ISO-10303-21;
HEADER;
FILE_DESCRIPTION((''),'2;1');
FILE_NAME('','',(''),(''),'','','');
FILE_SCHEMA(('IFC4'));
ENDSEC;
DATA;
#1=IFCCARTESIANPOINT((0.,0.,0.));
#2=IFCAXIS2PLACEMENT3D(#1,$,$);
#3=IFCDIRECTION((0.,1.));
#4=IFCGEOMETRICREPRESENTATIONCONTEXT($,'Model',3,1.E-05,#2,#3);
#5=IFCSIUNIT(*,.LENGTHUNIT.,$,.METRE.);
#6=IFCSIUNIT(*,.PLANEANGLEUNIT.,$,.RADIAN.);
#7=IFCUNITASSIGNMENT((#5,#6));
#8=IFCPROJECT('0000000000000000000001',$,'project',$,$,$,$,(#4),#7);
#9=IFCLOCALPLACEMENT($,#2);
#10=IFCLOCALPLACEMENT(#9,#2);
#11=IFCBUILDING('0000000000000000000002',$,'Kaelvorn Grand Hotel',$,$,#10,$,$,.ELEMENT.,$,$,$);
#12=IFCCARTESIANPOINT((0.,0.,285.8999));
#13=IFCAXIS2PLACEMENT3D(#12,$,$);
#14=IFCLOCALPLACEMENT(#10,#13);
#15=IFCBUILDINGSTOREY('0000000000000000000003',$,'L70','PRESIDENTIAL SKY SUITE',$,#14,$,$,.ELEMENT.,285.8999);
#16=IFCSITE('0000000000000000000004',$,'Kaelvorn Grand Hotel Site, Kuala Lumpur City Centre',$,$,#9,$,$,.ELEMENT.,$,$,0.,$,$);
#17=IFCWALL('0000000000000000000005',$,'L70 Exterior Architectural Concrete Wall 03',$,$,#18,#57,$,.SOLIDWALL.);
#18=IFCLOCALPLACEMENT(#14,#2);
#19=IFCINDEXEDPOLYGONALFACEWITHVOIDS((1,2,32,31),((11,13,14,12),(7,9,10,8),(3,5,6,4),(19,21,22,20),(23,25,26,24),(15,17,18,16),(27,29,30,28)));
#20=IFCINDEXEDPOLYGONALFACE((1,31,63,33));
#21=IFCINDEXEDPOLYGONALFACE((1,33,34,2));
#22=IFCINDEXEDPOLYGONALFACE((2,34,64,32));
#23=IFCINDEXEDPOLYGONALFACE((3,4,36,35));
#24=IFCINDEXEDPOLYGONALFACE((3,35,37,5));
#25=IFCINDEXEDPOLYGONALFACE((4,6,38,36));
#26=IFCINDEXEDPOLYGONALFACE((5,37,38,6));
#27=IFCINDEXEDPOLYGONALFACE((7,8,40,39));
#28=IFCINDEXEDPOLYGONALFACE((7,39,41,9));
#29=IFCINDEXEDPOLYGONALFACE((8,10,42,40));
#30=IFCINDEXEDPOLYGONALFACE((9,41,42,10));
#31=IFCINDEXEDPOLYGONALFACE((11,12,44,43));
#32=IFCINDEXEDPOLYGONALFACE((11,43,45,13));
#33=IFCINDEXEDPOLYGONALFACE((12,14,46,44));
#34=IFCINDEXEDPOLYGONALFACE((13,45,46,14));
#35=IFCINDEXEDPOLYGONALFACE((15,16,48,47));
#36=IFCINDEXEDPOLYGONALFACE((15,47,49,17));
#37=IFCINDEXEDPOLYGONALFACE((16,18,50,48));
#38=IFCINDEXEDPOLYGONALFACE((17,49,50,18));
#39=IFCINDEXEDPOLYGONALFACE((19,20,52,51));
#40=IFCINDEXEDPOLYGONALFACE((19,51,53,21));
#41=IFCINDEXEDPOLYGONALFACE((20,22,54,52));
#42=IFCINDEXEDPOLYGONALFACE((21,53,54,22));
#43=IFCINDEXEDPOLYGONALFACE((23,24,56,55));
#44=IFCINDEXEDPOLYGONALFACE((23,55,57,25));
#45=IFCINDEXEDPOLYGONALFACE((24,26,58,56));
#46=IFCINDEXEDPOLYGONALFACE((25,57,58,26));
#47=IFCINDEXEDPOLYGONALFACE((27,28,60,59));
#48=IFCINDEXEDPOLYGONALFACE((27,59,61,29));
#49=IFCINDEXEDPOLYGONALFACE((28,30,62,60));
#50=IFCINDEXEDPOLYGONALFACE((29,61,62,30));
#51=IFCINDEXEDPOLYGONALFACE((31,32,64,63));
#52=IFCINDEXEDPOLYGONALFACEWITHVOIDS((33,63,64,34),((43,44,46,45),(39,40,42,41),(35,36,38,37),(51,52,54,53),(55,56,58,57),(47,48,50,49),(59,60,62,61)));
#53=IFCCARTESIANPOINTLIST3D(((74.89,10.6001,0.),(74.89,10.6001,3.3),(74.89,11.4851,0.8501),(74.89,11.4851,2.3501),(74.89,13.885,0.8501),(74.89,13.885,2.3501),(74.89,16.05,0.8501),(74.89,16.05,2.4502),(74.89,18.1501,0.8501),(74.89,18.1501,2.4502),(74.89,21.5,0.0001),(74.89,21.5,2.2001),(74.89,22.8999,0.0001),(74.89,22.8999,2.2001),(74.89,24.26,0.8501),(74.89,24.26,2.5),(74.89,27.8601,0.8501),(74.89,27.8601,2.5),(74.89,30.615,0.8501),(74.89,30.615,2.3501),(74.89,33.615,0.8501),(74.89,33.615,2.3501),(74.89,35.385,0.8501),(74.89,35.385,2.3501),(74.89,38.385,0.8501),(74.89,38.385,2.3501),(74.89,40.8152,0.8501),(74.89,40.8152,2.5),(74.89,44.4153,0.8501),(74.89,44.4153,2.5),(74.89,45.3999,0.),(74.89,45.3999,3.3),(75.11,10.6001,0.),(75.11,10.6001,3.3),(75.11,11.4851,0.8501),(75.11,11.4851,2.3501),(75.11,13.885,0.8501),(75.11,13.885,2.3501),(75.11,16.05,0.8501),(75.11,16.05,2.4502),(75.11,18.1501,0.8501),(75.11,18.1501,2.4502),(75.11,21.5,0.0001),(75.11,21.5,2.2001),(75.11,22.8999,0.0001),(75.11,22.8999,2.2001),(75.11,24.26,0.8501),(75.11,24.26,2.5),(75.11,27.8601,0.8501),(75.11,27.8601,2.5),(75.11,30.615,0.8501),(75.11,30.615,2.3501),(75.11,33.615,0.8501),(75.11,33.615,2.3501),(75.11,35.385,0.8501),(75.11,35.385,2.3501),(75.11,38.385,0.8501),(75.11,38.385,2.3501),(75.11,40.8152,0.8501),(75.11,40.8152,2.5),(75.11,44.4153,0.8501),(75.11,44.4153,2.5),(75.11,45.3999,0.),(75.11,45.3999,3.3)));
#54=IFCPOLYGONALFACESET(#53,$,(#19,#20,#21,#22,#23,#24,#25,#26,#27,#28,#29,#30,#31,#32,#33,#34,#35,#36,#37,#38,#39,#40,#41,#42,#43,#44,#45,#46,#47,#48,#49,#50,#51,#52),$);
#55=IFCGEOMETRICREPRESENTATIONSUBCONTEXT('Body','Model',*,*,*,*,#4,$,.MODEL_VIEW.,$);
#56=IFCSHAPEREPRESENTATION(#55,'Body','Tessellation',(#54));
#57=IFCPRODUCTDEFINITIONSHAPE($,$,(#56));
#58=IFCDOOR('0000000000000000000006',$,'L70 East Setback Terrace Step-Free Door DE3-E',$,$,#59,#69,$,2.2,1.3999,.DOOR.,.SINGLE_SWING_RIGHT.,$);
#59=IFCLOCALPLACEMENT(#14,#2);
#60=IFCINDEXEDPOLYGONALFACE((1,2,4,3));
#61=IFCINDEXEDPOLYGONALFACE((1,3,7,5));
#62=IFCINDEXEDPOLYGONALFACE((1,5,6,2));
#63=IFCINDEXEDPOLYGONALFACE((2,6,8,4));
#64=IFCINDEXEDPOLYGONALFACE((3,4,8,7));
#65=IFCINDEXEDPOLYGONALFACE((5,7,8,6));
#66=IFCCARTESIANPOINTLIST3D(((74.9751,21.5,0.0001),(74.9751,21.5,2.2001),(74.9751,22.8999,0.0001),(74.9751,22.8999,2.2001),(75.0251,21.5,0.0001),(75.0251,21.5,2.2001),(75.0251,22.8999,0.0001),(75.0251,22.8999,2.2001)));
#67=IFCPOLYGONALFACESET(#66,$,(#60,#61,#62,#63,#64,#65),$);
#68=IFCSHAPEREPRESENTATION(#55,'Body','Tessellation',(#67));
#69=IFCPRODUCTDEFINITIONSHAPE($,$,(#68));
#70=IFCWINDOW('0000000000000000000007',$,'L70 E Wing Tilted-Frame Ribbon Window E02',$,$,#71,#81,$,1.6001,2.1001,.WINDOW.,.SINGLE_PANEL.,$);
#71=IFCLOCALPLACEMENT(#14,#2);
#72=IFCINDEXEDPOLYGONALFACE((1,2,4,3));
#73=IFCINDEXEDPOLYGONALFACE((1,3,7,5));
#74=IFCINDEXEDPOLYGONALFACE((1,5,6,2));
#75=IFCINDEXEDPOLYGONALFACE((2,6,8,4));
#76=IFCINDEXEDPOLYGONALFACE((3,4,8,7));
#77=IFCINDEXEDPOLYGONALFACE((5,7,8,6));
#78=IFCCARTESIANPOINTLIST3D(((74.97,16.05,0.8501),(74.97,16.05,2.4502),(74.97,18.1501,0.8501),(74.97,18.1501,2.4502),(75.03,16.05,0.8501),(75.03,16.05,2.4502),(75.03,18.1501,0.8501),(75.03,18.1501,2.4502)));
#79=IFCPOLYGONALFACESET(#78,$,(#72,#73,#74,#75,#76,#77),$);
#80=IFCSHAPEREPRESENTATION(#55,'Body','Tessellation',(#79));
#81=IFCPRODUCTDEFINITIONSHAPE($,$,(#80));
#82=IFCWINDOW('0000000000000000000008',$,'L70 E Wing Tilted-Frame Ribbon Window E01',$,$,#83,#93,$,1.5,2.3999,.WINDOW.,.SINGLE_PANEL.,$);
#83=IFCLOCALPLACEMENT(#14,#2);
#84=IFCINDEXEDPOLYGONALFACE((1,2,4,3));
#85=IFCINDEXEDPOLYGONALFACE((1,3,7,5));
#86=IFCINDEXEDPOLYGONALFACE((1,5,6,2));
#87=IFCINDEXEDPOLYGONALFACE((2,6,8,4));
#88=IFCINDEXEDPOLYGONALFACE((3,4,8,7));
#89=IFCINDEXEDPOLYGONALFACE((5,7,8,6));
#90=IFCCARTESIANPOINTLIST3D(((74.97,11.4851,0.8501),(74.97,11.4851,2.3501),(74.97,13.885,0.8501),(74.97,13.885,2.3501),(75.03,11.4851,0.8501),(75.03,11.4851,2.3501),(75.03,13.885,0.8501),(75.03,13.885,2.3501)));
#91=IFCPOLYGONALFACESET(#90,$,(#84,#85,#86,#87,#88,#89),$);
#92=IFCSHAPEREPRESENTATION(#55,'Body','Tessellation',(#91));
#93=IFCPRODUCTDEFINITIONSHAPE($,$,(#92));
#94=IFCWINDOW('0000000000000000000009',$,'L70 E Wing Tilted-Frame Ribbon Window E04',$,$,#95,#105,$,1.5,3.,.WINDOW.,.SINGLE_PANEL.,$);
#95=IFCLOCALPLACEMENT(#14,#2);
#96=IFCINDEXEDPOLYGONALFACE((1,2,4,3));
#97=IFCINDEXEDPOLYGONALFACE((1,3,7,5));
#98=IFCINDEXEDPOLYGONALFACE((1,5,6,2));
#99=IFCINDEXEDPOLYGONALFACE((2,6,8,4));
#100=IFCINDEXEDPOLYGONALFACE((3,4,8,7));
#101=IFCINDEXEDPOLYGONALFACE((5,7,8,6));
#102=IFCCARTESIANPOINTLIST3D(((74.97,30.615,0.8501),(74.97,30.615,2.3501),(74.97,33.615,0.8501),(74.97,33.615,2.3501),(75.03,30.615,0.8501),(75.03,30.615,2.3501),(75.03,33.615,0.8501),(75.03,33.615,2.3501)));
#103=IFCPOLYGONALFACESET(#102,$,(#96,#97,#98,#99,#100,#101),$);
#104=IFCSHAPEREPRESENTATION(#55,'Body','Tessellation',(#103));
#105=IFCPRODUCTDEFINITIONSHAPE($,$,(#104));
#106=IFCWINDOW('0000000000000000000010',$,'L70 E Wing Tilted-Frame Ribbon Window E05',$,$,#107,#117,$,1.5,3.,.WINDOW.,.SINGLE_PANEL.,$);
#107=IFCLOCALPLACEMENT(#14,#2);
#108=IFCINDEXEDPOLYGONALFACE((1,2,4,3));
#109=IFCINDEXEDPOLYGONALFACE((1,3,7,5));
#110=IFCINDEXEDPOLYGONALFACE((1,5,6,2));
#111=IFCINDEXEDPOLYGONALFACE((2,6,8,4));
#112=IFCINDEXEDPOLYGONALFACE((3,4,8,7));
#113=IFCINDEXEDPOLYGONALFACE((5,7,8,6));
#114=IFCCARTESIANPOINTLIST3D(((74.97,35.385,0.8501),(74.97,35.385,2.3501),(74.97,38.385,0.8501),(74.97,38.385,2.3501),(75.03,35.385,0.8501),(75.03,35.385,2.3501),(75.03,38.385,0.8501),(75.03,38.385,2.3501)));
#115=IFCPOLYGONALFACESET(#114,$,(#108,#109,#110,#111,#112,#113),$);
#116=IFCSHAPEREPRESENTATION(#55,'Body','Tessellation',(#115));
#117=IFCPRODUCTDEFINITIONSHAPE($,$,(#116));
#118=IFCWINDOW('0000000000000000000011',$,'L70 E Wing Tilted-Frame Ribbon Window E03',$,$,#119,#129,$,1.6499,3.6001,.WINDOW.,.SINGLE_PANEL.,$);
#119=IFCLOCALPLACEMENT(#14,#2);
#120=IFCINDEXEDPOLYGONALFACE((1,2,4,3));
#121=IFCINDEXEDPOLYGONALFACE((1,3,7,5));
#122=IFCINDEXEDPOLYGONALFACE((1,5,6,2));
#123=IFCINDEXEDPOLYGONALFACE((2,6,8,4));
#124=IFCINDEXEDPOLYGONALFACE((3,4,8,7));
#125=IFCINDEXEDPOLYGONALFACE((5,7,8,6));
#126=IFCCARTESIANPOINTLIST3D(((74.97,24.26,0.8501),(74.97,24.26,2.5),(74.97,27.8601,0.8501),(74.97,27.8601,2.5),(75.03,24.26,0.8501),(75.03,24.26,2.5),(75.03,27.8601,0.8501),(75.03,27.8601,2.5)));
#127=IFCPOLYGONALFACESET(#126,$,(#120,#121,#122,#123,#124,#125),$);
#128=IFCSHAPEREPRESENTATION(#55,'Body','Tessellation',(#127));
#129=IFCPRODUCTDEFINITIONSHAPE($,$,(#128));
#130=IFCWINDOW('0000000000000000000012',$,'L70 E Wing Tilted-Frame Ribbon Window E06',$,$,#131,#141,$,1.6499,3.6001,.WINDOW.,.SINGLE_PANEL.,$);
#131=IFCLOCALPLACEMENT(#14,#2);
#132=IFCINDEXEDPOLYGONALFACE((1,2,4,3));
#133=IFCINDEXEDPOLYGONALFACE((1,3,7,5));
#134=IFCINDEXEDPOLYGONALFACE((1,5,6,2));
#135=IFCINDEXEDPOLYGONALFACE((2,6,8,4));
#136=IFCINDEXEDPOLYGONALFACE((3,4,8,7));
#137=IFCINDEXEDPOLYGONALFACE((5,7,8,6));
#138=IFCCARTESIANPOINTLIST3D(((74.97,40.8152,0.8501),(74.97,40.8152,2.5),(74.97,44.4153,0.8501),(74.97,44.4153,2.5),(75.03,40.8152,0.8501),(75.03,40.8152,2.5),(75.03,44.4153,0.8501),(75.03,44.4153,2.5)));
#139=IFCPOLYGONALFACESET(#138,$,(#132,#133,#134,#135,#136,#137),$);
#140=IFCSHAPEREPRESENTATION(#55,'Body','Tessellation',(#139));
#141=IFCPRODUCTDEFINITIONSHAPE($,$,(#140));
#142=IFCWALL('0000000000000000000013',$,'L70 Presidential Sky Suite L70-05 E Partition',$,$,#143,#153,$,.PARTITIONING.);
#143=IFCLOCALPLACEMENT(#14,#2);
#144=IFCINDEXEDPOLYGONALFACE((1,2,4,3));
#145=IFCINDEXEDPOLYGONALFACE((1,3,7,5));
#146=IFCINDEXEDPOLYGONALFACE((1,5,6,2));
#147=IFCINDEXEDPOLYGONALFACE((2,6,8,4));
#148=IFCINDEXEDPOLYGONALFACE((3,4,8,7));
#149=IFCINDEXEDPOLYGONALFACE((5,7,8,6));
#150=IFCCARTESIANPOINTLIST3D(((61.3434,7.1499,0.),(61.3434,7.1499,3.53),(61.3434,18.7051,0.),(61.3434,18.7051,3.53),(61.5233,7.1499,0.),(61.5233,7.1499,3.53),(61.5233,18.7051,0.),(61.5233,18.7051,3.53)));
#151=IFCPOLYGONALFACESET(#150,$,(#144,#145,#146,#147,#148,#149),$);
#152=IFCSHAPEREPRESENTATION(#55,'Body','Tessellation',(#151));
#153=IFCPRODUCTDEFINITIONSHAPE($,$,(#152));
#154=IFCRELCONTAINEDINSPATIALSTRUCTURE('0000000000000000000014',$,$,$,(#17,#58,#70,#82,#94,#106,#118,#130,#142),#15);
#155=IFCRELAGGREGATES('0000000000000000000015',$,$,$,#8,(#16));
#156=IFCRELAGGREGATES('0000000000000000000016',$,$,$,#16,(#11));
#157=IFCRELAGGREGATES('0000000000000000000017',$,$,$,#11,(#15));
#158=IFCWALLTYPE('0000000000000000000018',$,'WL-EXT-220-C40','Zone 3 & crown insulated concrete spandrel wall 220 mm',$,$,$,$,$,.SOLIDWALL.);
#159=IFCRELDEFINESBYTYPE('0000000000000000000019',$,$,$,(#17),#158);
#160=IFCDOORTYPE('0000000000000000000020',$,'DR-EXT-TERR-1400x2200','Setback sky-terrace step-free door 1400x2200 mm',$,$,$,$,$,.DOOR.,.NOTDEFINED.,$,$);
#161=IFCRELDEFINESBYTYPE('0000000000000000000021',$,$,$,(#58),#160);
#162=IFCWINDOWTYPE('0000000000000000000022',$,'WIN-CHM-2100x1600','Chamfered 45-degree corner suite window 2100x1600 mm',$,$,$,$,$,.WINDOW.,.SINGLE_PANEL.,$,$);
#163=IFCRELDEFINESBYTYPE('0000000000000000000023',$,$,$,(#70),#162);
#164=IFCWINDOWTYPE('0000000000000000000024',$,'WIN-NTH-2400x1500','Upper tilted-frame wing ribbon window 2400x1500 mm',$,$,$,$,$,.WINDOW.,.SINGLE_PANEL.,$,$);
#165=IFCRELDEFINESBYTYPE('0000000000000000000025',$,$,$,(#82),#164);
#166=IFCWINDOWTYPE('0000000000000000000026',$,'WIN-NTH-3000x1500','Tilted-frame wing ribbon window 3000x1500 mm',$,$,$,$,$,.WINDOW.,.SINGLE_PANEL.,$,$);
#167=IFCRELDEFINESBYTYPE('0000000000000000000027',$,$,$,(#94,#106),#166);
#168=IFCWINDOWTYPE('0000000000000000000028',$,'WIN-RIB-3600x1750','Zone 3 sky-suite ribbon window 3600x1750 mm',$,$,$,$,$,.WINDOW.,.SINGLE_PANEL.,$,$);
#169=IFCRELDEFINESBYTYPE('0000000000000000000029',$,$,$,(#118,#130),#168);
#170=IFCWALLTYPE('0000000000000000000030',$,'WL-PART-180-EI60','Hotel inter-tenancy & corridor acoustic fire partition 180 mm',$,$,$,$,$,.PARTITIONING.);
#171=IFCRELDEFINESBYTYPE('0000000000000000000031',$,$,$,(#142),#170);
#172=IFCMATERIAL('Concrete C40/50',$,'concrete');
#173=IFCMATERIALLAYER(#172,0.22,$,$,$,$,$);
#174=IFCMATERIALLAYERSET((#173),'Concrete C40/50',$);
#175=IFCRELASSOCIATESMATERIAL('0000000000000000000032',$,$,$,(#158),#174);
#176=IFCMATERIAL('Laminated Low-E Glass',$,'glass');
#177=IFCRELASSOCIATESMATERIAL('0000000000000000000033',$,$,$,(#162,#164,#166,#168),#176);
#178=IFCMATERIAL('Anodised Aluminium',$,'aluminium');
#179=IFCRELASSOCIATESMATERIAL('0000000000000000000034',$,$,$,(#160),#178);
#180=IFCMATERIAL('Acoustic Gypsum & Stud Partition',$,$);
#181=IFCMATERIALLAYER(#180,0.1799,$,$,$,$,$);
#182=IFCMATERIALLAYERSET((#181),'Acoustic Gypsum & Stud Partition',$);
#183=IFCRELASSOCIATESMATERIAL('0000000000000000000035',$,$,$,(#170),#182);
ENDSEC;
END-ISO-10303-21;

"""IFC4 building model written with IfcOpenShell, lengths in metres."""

from ifc_helpers import new_model, si_unit, direction, frame, frame_2d, origin, place, context, subcontext, project, spatial, rectangle, extrude, material, layer, layer_set, type_object, element, fill, save


model = new_model("IFC4")

# Units and contexts
model_context = context("Model", 3, precision=1e-05, world=origin(), true_north=direction((0.0, 1.0)))
body_context = subcontext(model_context, "Body", "Model", "MODEL_VIEW")
ifc_project = project(units=[si_unit("LENGTHUNIT", "METRE"), si_unit("PLANEANGLEUNIT", "RADIAN")], contexts=[model_context])

# Site, building, storey
site_placement = place(None, origin())
site = spatial("IfcSite", under=ifc_project, at=site_placement, Name="Kaelvorn Grand Hotel Site, Kuala Lumpur City Centre", CompositionType="ELEMENT", RefElevation=0.0)
building_placement = place(site_placement, origin())
building = spatial("IfcBuilding", under=site, at=building_placement, Name="Kaelvorn Grand Hotel", CompositionType="ELEMENT")
storey_placement = place(building_placement, frame((0.0, 0.0, 285.8999)))
storey = spatial("IfcBuildingStorey", under=building, at=storey_placement, Name="L70", Description="PRESIDENTIAL SKY SUITE", CompositionType="ELEMENT", Elevation=285.8999)

# Shared definitions
ifc_material_1 = material(Name="Concrete C40/50", Category="concrete")

# Shared definitions
ifc_layer_1 = layer(ifc_material_1, 0.22)
ifc_layer_set_1 = layer_set([ifc_layer_1], Name="Concrete C40/50")
wall_type_1 = type_object("IfcWallType", Name="WL-EXT-220-C40", Description="Zone 3 & crown insulated concrete spandrel wall 220 mm", PredefinedType="SOLIDWALL", material=ifc_layer_set_1)
ifc_material_2 = material(Name="Laminated Low-E Glass", Category="glass")
window_type_1 = type_object("IfcWindowType", Name="WIN-CHM-2100x1600", Description="Chamfered 45-degree corner suite window 2100x1600 mm", PartitioningType="SINGLE_PANEL", PredefinedType="WINDOW", material=ifc_material_2)

# Wall, openings, door, windows
wall_1_placement = place(storey_placement, frame((75.0, 10.6001, 0.0), z_axis=(0.0, 0.0, 1.0), x_axis=(0.0, 1.0, 0.0)))
wall_1 = element("IfcWall", 1, at=wall_1_placement, inside=storey, type_object=wall_type_1, Name="L70 Exterior Architectural Concrete Wall 03", PredefinedType="SOLIDWALL", context=body_context, shape_type="SweptSolid", body=[
    extrude(rectangle(XDim=34.7998, YDim=0.22, at=frame_2d((17.3999, 0.0))), origin(), (0.0, 0.0, 1.0), 3.3),
])
opening_1_placement = place(wall_1_placement, frame((10.8999, 0.0, 0.0)))
opening_1 = element("IfcOpeningElement", 2, at=opening_1_placement, cuts=wall_1, PredefinedType="OPENING", context=body_context, shape_type="SweptSolid", body=[
    extrude(rectangle(XDim=1.3999, YDim=2.2, at=frame_2d((0.7, 1.1001))), frame((0.0, 0.1201, 0.0), z_axis=(0.0, -1.0, 0.0), x_axis=(1.0, 0.0, 0.0)), (0.0, 0.0, 1.0), 0.24),
])
opening_2_placement = place(wall_1_placement, frame((0.885, 0.0, 0.8501)))
opening_2 = element("IfcOpeningElement", 3, at=opening_2_placement, cuts=wall_1, PredefinedType="OPENING", context=body_context, shape_type="SweptSolid", body=[
    extrude(rectangle(XDim=2.3999, YDim=1.5, at=frame_2d((1.2, 0.75))), frame((0.0, 0.1201, 0.0), z_axis=(0.0, -1.0, 0.0), x_axis=(1.0, 0.0, 0.0)), (0.0, 0.0, 1.0), 0.24),
])
opening_3_placement = place(wall_1_placement, frame((5.45, 0.0, 0.8501)))
opening_3 = element("IfcOpeningElement", 4, at=opening_3_placement, cuts=wall_1, PredefinedType="OPENING", context=body_context, shape_type="SweptSolid", body=[
    extrude(rectangle(XDim=2.1001, YDim=1.6001, at=frame_2d((1.05, 0.8))), frame((0.0, 0.1201, 0.0), z_axis=(0.0, -1.0, 0.0), x_axis=(1.0, 0.0, 0.0)), (0.0, 0.0, 1.0), 0.24),
])
opening_4_placement = place(wall_1_placement, frame((13.6599, 0.0, 0.8501)))
opening_4 = element("IfcOpeningElement", 5, at=opening_4_placement, cuts=wall_1, PredefinedType="OPENING", context=body_context, shape_type="SweptSolid", body=[
    extrude(rectangle(XDim=3.6001, YDim=1.6499, at=frame_2d((1.8, 0.825))), frame((0.0, 0.1201, 0.0), z_axis=(0.0, -1.0, 0.0), x_axis=(1.0, 0.0, 0.0)), (0.0, 0.0, 1.0), 0.24),
])
opening_5_placement = place(wall_1_placement, frame((20.0149, 0.0, 0.8501)))
opening_5 = element("IfcOpeningElement", 6, at=opening_5_placement, cuts=wall_1, PredefinedType="OPENING", context=body_context, shape_type="SweptSolid", body=[
    extrude(rectangle(XDim=3.0, YDim=1.5, at=frame_2d((1.5, 0.75))), frame((0.0, 0.1201, 0.0), z_axis=(0.0, -1.0, 0.0), x_axis=(1.0, 0.0, 0.0)), (0.0, 0.0, 1.0), 0.24),
])
opening_6_placement = place(wall_1_placement, frame((24.7849, 0.0, 0.8501)))
opening_6 = element("IfcOpeningElement", 7, at=opening_6_placement, cuts=wall_1, PredefinedType="OPENING", context=body_context, shape_type="SweptSolid", body=[
    extrude(rectangle(XDim=3.0, YDim=1.5, at=frame_2d((1.5, 0.75))), frame((0.0, 0.1201, 0.0), z_axis=(0.0, -1.0, 0.0), x_axis=(1.0, 0.0, 0.0)), (0.0, 0.0, 1.0), 0.24),
])
opening_7_placement = place(wall_1_placement, frame((30.2151, 0.0, 0.8501)))
opening_7 = element("IfcOpeningElement", 8, at=opening_7_placement, cuts=wall_1, PredefinedType="OPENING", context=body_context, shape_type="SweptSolid", body=[
    extrude(rectangle(XDim=3.6001, YDim=1.6499, at=frame_2d((1.8, 0.825))), frame((0.0, 0.1201, 0.0), z_axis=(0.0, -1.0, 0.0), x_axis=(1.0, 0.0, 0.0)), (0.0, 0.0, 1.0), 0.24),
])
ifc_material_3 = material(Name="Anodised Aluminium", Category="aluminium")
door_type = type_object("IfcDoorType", Name="DR-EXT-TERR-1400x2200", Description="Setback sky-terrace step-free door 1400x2200 mm", OperationType="NOTDEFINED", PredefinedType="DOOR", material=ifc_material_3)
door_placement = place(opening_1_placement, origin())
door = element("IfcDoor", 9, at=door_placement, inside=storey, type_object=door_type, Name="L70 East Setback Terrace Step-Free Door DE3-E", OperationType="SINGLE_SWING_RIGHT", OverallHeight=2.2, OverallWidth=1.3999, PredefinedType="DOOR", context=body_context, shape_type="SweptSolid", body=[
    extrude(rectangle(XDim=1.3999, YDim=2.2, at=frame_2d((0.7, 1.1001))), frame((0.0, 0.0249, 0.0), z_axis=(0.0, -1.0, 0.0), x_axis=(1.0, 0.0, 0.0)), (0.0, 0.0, 1.0), 0.05),
])
fill(opening_1, door)
window_1_placement = place(opening_3_placement, origin())
window_1 = element("IfcWindow", 10, at=window_1_placement, inside=storey, type_object=window_type_1, Name="L70 E Wing Tilted-Frame Ribbon Window E02", OverallHeight=1.6001, OverallWidth=2.1001, PartitioningType="SINGLE_PANEL", PredefinedType="WINDOW", context=body_context, shape_type="SweptSolid", body=[
    extrude(rectangle(XDim=2.1001, YDim=1.6001, at=frame_2d((1.05, 0.8))), frame((0.0, 0.03, 0.0), z_axis=(0.0, -1.0, 0.0), x_axis=(1.0, 0.0, 0.0)), (0.0, 0.0, 1.0), 0.0601),
])
fill(opening_3, window_1)
window_type_2 = type_object("IfcWindowType", Name="WIN-NTH-2400x1500", Description="Upper tilted-frame wing ribbon window 2400x1500 mm", PartitioningType="SINGLE_PANEL", PredefinedType="WINDOW", material=ifc_material_2)
window_2_placement = place(opening_2_placement, origin())
window_2 = element("IfcWindow", 11, at=window_2_placement, inside=storey, type_object=window_type_2, Name="L70 E Wing Tilted-Frame Ribbon Window E01", OverallHeight=1.5, OverallWidth=2.3999, PartitioningType="SINGLE_PANEL", PredefinedType="WINDOW", context=body_context, shape_type="SweptSolid", body=[
    extrude(rectangle(XDim=2.3999, YDim=1.5, at=frame_2d((1.2, 0.75))), frame((0.0, 0.03, 0.0), z_axis=(0.0, -1.0, 0.0), x_axis=(1.0, 0.0, 0.0)), (0.0, 0.0, 1.0), 0.0601),
])
fill(opening_2, window_2)
window_type_3 = type_object("IfcWindowType", Name="WIN-NTH-3000x1500", Description="Tilted-frame wing ribbon window 3000x1500 mm", PartitioningType="SINGLE_PANEL", PredefinedType="WINDOW", material=ifc_material_2)
window_3_placement = place(opening_5_placement, origin())
window_3 = element("IfcWindow", 12, at=window_3_placement, inside=storey, type_object=window_type_3, Name="L70 E Wing Tilted-Frame Ribbon Window E04", OverallHeight=1.5, OverallWidth=3.0, PartitioningType="SINGLE_PANEL", PredefinedType="WINDOW", context=body_context, shape_type="SweptSolid", body=[
    extrude(rectangle(XDim=3.0, YDim=1.5, at=frame_2d((1.5, 0.75))), frame((0.0, 0.03, 0.0), z_axis=(0.0, -1.0, 0.0), x_axis=(1.0, 0.0, 0.0)), (0.0, 0.0, 1.0), 0.0601),
])
fill(opening_5, window_3)
window_4_placement = place(opening_6_placement, origin())
window_4 = element("IfcWindow", 13, at=window_4_placement, inside=storey, type_object=window_type_3, Name="L70 E Wing Tilted-Frame Ribbon Window E05", OverallHeight=1.5, OverallWidth=3.0, PartitioningType="SINGLE_PANEL", PredefinedType="WINDOW", context=body_context, shape_type="SweptSolid", body=[
    extrude(rectangle(XDim=3.0, YDim=1.5, at=frame_2d((1.5, 0.75))), frame((0.0, 0.03, 0.0), z_axis=(0.0, -1.0, 0.0), x_axis=(1.0, 0.0, 0.0)), (0.0, 0.0, 1.0), 0.0601),
])
fill(opening_6, window_4)
window_type_4 = type_object("IfcWindowType", Name="WIN-RIB-3600x1750", Description="Zone 3 sky-suite ribbon window 3600x1750 mm", PartitioningType="SINGLE_PANEL", PredefinedType="WINDOW", material=ifc_material_2)
window_5_placement = place(opening_4_placement, origin())
window_5 = element("IfcWindow", 14, at=window_5_placement, inside=storey, type_object=window_type_4, Name="L70 E Wing Tilted-Frame Ribbon Window E03", OverallHeight=1.6499, OverallWidth=3.6001, PartitioningType="SINGLE_PANEL", PredefinedType="WINDOW", context=body_context, shape_type="SweptSolid", body=[
    extrude(rectangle(XDim=3.6001, YDim=1.6499, at=frame_2d((1.8, 0.825))), frame((0.0, 0.03, 0.0), z_axis=(0.0, -1.0, 0.0), x_axis=(1.0, 0.0, 0.0)), (0.0, 0.0, 1.0), 0.0601),
])
fill(opening_4, window_5)
window_6_placement = place(opening_7_placement, origin())
window_6 = element("IfcWindow", 15, at=window_6_placement, inside=storey, type_object=window_type_4, Name="L70 E Wing Tilted-Frame Ribbon Window E06", OverallHeight=1.6499, OverallWidth=3.6001, PartitioningType="SINGLE_PANEL", PredefinedType="WINDOW", context=body_context, shape_type="SweptSolid", body=[
    extrude(rectangle(XDim=3.6001, YDim=1.6499, at=frame_2d((1.8, 0.825))), frame((0.0, 0.03, 0.0), z_axis=(0.0, -1.0, 0.0), x_axis=(1.0, 0.0, 0.0)), (0.0, 0.0, 1.0), 0.0601),
])
fill(opening_7, window_6)

# Wall
ifc_material_4 = material(Name="Acoustic Gypsum & Stud Partition")
ifc_layer_2 = layer(ifc_material_4, 0.1799)
ifc_layer_set_2 = layer_set([ifc_layer_2], Name="Acoustic Gypsum & Stud Partition")
wall_type_2 = type_object("IfcWallType", Name="WL-PART-180-EI60", Description="Hotel inter-tenancy & corridor acoustic fire partition 180 mm", PredefinedType="PARTITIONING", material=ifc_layer_set_2)
wall_2_placement = place(storey_placement, frame((61.4333, 7.1499, 0.0), z_axis=(0.0, 0.0, 1.0), x_axis=(0.0, 1.0, 0.0)))
element("IfcWall", 16, at=wall_2_placement, inside=storey, type_object=wall_type_2, Name="L70 Presidential Sky Suite L70-05 E Partition", PredefinedType="PARTITIONING", context=body_context, shape_type="SweptSolid", body=[
    extrude(rectangle(XDim=11.5552, YDim=0.1799, at=frame_2d((5.7776, 0.0))), origin(), (0.0, 0.0, 1.0), 3.53),
])

save(model, "model.ifc")
